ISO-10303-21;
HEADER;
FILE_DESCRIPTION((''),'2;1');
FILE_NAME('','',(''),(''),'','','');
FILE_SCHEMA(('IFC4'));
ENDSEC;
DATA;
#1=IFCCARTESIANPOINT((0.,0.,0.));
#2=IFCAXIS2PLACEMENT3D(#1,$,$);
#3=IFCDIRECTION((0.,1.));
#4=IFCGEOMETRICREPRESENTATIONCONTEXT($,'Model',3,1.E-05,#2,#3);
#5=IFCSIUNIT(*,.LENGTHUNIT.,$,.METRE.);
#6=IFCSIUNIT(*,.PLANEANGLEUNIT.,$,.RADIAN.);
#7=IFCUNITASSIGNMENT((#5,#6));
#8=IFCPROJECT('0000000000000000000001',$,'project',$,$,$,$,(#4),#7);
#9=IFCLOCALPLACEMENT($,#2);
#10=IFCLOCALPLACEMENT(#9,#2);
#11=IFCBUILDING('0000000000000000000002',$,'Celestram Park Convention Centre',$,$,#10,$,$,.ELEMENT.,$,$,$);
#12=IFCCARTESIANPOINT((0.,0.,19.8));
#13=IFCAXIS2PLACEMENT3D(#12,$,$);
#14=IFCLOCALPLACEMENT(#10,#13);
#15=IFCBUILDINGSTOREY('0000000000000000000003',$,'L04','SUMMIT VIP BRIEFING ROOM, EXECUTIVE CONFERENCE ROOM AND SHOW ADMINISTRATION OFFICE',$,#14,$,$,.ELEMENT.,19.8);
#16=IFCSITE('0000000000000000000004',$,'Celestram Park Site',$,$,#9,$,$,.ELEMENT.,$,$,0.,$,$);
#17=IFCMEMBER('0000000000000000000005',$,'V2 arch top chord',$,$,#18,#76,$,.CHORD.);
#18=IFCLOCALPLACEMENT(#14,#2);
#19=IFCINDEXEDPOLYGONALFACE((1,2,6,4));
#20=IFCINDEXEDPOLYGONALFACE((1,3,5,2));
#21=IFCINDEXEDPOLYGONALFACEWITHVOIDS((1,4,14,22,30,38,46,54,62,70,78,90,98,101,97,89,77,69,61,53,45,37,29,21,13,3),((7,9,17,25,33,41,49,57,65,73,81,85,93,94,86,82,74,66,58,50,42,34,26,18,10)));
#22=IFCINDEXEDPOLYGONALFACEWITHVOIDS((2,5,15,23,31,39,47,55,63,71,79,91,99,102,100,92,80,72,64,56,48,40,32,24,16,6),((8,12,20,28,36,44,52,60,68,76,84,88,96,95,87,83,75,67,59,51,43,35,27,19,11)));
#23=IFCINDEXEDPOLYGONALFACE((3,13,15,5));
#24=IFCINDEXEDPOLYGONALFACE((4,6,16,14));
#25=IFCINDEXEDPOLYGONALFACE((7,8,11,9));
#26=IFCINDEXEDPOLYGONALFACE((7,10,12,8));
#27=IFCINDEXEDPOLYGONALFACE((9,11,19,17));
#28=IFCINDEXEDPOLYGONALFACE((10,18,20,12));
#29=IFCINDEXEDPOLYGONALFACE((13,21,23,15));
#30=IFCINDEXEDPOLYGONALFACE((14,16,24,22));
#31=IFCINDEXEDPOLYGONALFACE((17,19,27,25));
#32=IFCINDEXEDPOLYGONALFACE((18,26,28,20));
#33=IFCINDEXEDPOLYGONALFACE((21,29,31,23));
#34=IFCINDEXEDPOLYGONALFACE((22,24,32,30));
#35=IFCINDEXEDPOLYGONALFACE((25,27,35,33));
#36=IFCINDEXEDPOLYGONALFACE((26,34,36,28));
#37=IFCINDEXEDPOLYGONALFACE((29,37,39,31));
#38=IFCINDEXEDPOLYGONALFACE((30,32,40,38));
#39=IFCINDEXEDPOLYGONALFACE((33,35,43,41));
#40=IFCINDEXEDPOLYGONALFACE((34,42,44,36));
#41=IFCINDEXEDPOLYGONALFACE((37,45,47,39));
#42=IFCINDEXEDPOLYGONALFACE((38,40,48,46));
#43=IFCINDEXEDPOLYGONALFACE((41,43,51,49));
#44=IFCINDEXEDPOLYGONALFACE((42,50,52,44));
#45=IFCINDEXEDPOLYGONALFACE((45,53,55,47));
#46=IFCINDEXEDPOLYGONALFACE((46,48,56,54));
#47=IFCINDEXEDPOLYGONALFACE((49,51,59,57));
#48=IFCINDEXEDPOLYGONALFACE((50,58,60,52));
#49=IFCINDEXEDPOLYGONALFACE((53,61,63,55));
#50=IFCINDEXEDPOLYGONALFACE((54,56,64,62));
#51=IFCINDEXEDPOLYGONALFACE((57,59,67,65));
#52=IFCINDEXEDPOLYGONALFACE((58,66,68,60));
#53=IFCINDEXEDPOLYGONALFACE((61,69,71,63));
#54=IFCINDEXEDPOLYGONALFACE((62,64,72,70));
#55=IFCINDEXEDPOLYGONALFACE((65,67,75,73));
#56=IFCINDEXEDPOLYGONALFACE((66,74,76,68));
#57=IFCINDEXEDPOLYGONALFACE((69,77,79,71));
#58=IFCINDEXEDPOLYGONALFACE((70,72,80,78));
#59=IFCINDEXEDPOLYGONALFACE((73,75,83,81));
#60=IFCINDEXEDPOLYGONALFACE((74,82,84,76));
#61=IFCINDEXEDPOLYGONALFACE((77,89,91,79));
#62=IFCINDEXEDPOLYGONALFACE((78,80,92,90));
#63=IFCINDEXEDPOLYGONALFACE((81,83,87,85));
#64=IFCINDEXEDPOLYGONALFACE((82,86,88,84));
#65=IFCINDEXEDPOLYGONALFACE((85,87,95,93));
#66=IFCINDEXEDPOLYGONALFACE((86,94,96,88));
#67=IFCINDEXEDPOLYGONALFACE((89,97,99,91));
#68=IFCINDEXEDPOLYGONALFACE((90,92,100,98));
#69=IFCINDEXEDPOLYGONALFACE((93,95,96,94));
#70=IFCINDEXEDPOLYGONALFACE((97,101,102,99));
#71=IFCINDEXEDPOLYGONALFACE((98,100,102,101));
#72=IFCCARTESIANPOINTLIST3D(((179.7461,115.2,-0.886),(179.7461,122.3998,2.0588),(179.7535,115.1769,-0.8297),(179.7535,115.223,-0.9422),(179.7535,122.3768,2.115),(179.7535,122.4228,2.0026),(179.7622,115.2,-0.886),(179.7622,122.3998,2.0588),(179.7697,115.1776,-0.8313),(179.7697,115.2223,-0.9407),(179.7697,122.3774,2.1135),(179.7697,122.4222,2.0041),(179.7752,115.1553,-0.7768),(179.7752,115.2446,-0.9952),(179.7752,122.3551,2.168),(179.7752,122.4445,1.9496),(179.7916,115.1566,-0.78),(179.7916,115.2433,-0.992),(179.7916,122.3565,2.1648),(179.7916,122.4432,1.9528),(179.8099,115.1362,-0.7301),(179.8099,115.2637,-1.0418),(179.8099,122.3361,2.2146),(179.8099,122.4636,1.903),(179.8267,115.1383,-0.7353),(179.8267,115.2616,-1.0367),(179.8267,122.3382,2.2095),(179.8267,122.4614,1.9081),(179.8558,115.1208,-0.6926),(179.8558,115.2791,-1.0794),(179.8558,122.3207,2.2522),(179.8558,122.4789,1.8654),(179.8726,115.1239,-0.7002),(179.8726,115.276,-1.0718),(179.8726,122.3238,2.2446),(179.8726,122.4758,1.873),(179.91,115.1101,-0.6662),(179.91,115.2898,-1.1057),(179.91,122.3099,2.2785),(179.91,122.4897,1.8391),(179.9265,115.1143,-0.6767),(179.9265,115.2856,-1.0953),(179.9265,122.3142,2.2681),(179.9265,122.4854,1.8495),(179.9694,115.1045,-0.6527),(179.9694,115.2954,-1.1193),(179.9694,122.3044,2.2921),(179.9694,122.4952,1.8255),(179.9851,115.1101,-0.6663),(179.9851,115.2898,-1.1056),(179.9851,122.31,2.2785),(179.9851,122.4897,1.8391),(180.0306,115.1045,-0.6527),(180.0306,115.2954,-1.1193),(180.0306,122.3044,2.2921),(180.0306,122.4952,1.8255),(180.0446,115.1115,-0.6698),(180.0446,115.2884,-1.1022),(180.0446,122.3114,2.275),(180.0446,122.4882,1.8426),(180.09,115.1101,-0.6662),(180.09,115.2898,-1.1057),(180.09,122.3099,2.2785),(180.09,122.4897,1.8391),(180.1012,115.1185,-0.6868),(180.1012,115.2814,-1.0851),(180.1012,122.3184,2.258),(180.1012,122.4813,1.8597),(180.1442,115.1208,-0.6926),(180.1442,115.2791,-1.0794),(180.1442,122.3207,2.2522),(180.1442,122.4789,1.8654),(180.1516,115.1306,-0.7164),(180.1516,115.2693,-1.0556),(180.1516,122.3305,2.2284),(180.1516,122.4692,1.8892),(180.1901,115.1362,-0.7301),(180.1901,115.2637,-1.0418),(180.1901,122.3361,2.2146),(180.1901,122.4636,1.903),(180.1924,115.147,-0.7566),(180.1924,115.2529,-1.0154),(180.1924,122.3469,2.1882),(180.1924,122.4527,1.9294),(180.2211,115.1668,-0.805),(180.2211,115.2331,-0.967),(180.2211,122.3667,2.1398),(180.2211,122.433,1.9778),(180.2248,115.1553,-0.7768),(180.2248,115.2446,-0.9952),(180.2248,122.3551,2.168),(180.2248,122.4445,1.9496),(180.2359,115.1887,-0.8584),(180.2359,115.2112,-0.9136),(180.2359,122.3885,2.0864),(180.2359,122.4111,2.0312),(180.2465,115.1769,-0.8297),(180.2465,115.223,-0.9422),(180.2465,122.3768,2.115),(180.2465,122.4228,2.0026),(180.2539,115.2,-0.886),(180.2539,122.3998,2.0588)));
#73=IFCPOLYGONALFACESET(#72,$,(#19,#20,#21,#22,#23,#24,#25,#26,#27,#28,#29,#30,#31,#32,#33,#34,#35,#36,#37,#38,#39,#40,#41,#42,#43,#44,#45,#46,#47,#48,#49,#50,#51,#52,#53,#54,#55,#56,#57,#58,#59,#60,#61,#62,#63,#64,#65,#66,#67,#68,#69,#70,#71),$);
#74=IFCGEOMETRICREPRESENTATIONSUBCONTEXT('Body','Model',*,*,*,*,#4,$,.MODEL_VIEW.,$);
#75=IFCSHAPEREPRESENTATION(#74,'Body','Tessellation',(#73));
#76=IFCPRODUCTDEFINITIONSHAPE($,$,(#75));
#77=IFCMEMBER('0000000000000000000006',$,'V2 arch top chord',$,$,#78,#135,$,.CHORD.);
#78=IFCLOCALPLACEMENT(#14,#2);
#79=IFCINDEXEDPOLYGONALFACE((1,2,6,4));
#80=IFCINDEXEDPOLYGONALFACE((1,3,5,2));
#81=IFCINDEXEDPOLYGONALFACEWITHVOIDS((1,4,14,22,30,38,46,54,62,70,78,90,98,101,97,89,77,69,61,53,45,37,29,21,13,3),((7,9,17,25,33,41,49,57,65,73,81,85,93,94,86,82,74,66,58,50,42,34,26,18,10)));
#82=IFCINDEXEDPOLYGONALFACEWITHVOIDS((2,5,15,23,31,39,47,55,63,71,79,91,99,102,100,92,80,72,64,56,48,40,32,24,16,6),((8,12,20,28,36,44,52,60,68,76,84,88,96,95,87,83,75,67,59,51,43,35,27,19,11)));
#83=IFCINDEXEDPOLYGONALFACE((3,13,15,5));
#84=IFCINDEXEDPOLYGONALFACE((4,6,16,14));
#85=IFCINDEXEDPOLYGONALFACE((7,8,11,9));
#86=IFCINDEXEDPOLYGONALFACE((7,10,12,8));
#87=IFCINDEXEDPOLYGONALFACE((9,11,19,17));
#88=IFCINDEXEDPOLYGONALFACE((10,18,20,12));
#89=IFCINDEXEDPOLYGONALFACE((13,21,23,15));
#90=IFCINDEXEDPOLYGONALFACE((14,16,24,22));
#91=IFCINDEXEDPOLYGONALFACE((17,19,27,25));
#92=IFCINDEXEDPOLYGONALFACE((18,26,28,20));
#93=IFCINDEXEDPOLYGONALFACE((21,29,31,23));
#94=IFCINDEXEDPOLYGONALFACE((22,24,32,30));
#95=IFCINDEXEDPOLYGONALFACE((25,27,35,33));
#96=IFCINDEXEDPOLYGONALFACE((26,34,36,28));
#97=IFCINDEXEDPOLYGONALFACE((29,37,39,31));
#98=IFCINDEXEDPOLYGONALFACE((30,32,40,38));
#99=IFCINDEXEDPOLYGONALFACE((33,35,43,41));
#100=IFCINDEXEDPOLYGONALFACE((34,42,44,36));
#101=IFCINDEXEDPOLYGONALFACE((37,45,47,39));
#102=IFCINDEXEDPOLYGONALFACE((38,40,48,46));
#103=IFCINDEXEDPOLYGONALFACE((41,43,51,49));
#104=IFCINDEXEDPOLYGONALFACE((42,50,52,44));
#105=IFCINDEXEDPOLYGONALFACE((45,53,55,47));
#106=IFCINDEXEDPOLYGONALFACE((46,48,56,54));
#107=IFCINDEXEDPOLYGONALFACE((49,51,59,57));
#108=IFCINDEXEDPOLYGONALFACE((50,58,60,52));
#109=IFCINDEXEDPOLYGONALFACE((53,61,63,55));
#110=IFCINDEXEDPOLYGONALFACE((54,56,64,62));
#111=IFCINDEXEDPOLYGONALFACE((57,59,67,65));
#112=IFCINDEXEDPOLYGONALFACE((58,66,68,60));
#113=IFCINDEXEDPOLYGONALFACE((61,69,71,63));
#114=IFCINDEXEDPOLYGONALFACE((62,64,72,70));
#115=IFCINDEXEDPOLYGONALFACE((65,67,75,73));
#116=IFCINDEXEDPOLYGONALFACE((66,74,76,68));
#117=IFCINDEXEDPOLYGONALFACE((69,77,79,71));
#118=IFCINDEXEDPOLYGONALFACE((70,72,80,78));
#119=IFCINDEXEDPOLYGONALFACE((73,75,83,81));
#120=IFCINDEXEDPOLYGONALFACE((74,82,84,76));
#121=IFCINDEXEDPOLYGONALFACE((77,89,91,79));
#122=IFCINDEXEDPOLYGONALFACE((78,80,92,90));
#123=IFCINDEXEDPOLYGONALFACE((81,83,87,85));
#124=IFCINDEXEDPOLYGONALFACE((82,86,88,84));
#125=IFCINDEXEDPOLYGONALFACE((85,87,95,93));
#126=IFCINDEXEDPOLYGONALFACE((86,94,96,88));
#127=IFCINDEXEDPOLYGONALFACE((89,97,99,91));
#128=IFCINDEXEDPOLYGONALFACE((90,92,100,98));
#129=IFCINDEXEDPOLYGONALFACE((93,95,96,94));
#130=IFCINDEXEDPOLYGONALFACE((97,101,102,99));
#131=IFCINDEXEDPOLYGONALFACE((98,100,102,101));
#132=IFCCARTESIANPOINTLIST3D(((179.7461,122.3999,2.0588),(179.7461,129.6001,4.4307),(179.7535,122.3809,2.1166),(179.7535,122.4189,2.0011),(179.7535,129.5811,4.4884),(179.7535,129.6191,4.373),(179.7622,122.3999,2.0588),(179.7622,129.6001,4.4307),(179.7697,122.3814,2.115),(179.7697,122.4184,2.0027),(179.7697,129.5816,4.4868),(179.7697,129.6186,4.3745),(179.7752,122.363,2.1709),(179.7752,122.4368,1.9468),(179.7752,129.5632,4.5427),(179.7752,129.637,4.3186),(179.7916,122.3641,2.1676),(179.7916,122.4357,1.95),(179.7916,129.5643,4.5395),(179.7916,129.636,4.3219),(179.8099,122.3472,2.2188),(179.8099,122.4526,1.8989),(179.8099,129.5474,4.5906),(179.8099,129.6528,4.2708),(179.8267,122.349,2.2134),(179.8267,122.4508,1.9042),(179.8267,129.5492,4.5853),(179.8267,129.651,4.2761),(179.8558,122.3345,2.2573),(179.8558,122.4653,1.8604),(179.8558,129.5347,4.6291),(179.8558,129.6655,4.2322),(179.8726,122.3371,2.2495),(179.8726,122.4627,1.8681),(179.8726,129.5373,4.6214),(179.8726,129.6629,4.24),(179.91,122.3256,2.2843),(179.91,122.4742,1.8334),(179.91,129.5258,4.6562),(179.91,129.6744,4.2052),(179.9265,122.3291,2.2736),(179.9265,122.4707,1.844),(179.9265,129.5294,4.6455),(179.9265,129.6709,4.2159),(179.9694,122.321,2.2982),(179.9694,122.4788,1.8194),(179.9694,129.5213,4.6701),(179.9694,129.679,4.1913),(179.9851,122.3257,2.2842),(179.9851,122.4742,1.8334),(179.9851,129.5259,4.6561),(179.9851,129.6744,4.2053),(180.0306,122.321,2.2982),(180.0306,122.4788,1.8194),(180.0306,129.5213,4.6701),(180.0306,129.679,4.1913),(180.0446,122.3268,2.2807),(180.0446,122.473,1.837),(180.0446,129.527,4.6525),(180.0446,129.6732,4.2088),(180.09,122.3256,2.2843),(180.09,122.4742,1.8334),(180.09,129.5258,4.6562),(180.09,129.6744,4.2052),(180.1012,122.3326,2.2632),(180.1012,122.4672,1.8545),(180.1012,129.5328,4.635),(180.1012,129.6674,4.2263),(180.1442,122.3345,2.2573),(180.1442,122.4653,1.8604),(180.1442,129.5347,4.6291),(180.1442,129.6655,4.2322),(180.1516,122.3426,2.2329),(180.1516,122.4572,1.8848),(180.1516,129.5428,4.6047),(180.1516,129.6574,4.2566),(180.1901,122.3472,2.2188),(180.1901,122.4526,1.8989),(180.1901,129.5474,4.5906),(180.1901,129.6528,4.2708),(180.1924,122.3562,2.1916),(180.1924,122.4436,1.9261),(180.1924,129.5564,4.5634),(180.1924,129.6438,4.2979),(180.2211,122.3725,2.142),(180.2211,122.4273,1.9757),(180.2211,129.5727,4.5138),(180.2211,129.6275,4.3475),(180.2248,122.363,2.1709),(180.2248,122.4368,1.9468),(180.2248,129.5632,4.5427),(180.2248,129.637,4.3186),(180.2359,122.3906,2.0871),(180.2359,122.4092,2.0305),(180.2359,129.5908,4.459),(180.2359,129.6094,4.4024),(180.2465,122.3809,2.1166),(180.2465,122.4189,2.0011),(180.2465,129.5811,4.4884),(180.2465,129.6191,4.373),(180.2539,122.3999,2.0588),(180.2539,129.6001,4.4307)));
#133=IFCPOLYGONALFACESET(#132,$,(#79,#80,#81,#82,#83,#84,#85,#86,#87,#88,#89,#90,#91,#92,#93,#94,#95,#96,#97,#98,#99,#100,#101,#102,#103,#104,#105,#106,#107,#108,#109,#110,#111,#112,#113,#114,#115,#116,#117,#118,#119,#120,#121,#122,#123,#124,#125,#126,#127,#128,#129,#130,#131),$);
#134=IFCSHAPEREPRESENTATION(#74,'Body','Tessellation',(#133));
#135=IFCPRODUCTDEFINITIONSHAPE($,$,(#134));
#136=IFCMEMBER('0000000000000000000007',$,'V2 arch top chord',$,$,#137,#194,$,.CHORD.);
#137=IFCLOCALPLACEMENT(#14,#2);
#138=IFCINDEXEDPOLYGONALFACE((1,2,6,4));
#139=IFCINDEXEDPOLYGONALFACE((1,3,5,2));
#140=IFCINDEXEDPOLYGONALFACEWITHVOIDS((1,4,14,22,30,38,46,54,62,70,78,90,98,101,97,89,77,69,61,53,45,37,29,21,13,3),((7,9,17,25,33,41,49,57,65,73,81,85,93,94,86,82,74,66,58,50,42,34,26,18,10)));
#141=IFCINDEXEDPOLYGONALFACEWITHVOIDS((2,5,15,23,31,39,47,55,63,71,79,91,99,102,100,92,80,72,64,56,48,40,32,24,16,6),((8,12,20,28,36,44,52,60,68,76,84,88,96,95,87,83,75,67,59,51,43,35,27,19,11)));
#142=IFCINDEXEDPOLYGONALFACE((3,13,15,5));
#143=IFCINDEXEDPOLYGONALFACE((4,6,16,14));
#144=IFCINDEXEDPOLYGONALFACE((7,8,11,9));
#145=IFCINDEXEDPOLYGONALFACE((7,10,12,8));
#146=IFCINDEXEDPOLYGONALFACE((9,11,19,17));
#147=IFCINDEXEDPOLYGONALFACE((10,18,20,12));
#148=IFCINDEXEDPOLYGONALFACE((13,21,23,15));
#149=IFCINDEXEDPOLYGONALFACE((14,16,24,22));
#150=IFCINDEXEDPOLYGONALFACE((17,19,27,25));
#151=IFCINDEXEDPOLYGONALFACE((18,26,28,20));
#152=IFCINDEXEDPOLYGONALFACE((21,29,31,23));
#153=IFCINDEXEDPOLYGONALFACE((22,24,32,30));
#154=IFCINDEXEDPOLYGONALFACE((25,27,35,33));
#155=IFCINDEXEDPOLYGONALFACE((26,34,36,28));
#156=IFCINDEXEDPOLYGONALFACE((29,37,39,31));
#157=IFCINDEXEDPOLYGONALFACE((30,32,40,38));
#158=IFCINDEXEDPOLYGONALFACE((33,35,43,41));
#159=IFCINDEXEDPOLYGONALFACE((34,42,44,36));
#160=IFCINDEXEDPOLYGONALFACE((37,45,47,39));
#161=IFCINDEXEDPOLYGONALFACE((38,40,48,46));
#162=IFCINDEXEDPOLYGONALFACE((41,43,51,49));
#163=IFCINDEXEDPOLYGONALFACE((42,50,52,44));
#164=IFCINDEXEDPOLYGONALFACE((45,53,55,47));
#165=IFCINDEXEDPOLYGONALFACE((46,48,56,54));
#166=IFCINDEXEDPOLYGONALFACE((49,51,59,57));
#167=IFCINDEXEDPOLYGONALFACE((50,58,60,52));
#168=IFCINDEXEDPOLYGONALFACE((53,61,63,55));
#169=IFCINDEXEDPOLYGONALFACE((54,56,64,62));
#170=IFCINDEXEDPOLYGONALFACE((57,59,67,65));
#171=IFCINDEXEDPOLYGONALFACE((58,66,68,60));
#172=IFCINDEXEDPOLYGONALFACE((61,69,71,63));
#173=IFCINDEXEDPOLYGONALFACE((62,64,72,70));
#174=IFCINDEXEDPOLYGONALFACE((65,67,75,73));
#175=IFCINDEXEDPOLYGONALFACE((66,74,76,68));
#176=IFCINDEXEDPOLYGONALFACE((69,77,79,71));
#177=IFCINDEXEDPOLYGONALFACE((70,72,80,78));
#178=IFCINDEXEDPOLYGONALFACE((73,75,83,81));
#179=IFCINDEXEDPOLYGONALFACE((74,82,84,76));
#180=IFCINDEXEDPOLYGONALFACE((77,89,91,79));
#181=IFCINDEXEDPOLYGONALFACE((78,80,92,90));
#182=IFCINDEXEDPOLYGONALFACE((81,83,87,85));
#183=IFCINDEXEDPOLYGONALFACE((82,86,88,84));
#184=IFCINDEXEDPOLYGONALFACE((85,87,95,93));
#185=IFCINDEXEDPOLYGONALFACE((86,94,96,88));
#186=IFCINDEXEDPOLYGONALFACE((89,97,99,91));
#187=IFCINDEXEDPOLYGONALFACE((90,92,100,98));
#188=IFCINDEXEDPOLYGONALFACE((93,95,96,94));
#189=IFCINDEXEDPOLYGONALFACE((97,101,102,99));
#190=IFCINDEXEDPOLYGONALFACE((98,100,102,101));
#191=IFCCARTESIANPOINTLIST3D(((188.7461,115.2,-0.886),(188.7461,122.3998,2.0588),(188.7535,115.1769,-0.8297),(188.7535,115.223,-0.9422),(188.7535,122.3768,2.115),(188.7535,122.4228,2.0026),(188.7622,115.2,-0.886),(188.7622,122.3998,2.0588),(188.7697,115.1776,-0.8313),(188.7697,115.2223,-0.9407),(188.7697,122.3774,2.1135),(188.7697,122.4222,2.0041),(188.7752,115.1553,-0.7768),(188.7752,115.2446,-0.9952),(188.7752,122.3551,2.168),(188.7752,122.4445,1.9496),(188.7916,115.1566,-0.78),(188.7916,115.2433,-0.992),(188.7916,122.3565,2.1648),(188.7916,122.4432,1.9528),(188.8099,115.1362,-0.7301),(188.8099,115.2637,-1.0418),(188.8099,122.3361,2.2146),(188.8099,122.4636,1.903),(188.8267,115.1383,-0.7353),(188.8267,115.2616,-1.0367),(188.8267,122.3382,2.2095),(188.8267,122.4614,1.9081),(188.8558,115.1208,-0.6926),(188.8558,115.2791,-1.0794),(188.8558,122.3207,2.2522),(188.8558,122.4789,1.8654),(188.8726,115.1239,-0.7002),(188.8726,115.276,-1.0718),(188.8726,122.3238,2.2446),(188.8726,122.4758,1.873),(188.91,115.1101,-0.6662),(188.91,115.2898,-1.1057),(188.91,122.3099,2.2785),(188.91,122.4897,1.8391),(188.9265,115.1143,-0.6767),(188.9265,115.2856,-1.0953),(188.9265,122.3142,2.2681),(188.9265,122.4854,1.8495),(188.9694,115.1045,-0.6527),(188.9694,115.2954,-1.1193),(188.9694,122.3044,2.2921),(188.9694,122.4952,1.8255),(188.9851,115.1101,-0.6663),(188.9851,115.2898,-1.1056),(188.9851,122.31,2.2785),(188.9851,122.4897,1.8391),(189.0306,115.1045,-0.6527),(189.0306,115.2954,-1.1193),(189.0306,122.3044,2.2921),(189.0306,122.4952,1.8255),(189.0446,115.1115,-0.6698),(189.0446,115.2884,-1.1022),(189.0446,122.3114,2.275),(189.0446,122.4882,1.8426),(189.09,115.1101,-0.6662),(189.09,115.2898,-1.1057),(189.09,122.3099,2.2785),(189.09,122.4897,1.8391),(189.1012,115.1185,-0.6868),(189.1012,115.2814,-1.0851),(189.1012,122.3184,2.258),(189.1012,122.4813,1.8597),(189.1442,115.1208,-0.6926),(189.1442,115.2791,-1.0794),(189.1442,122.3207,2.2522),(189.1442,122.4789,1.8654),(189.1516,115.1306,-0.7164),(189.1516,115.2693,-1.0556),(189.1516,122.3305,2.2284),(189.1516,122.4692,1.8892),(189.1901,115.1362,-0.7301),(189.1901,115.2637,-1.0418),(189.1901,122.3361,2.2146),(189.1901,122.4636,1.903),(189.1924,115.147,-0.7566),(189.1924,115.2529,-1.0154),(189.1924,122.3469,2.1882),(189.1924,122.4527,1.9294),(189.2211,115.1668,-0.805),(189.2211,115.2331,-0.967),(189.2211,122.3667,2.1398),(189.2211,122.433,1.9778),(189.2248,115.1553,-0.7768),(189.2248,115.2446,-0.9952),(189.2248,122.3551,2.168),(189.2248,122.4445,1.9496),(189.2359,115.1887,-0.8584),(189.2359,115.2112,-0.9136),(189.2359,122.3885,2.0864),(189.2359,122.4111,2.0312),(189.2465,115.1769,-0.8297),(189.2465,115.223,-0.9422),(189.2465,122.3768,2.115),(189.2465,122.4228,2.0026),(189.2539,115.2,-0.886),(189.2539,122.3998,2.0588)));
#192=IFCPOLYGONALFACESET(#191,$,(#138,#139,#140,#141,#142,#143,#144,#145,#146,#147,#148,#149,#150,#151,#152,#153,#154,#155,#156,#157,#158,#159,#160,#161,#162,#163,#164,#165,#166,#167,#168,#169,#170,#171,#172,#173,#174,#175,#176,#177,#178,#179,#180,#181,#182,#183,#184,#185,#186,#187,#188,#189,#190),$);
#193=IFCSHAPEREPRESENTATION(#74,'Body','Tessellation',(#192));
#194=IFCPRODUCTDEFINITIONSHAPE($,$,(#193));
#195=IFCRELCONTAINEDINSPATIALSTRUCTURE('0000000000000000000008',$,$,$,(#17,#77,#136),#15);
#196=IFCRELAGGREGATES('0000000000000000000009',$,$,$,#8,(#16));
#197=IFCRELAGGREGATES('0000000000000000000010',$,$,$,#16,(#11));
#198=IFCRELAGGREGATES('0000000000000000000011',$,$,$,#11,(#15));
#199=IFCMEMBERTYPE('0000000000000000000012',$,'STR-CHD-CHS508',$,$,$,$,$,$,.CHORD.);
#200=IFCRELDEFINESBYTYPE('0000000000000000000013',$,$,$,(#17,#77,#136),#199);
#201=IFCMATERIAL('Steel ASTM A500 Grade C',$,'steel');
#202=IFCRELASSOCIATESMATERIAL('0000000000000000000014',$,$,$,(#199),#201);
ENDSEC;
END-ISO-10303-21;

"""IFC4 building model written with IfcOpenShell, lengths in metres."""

from ifc_helpers import new_model, si_unit, direction, frame, origin, origin_2d, place, context, subcontext, project, spatial, hollow_circle, extrude, material, material_profile, profile_set, type_object, element, save


model = new_model("IFC4")

# Units and contexts
model_context = context("Model", 3, precision=1e-05, world=origin(), true_north=direction((0.0, 1.0)))
body_context = subcontext(model_context, "Body", "Model", "MODEL_VIEW")
ifc_project = project(units=[si_unit("LENGTHUNIT", "METRE"), si_unit("PLANEANGLEUNIT", "RADIAN")], contexts=[model_context])

# Site, building, storey
site_placement = place(None, origin())
site = spatial("IfcSite", under=ifc_project, at=site_placement, Name="Celestram Park Site", CompositionType="ELEMENT", RefElevation=0.0)
building_placement = place(site_placement, origin())
building = spatial("IfcBuilding", under=site, at=building_placement, Name="Celestram Park Convention Centre", CompositionType="ELEMENT")
storey_placement = place(building_placement, frame((0.0, 0.0, 19.8)))
storey = spatial("IfcBuildingStorey", under=building, at=storey_placement, Name="L04", Description="SUMMIT VIP BRIEFING ROOM, EXECUTIVE CONFERENCE ROOM AND SHOW ADMINISTRATION OFFICE", CompositionType="ELEMENT", Elevation=19.8)

# Members
ifc_material_1 = material(Name="Steel ASTM A500 Grade C", Category="steel")
ifc_material_profile_1 = material_profile(ifc_material_1, hollow_circle(Radius=0.2539, WallThickness=0.0161, at=origin_2d()), Name="CHS508X16")
ifc_profile_set_1 = profile_set([ifc_material_profile_1], Name="Steel ASTM A500 Grade C")
member_type_1 = type_object("IfcMemberType", Name="STR-CHD-CHS508", PredefinedType="CHORD", material=ifc_profile_set_1)
member_1_placement = place(storey_placement, frame((180.0, 115.2, -0.886), z_axis=(0.0, 0.925574, 0.378566), x_axis=(-1.0, 0.0, 0.0)))
element("IfcMember", 1, at=member_1_placement, inside=storey, type_object=member_type_1, Name="V2 arch top chord", PredefinedType="CHORD", context=body_context, shape_type="SweptSolid", body=[
    extrude(hollow_circle(Radius=0.2539, WallThickness=0.0161, at=origin_2d()), origin(), (0.0, 0.0, 1.0), 7.7788),
])
member_2_placement = place(storey_placement, frame((180.0, 122.3999, 2.0588), z_axis=(0.0, 0.949795, 0.312873), x_axis=(-1.0, 0.0, 0.0)))
element("IfcMember", 2, at=member_2_placement, inside=storey, type_object=member_type_1, Name="V2 arch top chord", PredefinedType="CHORD", context=body_context, shape_type="SweptSolid", body=[
    extrude(hollow_circle(Radius=0.2539, WallThickness=0.0161, at=origin_2d()), origin(), (0.0, 0.0, 1.0), 7.5808),
])
member_3_placement = place(storey_placement, frame((189.0, 115.2, -0.886), z_axis=(0.0, 0.925574, 0.378566), x_axis=(-1.0, 0.0, 0.0)))
element("IfcMember", 3, at=member_3_placement, inside=storey, type_object=member_type_1, Name="V2 arch top chord", PredefinedType="CHORD", context=body_context, shape_type="SweptSolid", body=[
    extrude(hollow_circle(Radius=0.2539, WallThickness=0.0161, at=origin_2d()), origin(), (0.0, 0.0, 1.0), 7.7788),
])

save(model, "model.ifc")
